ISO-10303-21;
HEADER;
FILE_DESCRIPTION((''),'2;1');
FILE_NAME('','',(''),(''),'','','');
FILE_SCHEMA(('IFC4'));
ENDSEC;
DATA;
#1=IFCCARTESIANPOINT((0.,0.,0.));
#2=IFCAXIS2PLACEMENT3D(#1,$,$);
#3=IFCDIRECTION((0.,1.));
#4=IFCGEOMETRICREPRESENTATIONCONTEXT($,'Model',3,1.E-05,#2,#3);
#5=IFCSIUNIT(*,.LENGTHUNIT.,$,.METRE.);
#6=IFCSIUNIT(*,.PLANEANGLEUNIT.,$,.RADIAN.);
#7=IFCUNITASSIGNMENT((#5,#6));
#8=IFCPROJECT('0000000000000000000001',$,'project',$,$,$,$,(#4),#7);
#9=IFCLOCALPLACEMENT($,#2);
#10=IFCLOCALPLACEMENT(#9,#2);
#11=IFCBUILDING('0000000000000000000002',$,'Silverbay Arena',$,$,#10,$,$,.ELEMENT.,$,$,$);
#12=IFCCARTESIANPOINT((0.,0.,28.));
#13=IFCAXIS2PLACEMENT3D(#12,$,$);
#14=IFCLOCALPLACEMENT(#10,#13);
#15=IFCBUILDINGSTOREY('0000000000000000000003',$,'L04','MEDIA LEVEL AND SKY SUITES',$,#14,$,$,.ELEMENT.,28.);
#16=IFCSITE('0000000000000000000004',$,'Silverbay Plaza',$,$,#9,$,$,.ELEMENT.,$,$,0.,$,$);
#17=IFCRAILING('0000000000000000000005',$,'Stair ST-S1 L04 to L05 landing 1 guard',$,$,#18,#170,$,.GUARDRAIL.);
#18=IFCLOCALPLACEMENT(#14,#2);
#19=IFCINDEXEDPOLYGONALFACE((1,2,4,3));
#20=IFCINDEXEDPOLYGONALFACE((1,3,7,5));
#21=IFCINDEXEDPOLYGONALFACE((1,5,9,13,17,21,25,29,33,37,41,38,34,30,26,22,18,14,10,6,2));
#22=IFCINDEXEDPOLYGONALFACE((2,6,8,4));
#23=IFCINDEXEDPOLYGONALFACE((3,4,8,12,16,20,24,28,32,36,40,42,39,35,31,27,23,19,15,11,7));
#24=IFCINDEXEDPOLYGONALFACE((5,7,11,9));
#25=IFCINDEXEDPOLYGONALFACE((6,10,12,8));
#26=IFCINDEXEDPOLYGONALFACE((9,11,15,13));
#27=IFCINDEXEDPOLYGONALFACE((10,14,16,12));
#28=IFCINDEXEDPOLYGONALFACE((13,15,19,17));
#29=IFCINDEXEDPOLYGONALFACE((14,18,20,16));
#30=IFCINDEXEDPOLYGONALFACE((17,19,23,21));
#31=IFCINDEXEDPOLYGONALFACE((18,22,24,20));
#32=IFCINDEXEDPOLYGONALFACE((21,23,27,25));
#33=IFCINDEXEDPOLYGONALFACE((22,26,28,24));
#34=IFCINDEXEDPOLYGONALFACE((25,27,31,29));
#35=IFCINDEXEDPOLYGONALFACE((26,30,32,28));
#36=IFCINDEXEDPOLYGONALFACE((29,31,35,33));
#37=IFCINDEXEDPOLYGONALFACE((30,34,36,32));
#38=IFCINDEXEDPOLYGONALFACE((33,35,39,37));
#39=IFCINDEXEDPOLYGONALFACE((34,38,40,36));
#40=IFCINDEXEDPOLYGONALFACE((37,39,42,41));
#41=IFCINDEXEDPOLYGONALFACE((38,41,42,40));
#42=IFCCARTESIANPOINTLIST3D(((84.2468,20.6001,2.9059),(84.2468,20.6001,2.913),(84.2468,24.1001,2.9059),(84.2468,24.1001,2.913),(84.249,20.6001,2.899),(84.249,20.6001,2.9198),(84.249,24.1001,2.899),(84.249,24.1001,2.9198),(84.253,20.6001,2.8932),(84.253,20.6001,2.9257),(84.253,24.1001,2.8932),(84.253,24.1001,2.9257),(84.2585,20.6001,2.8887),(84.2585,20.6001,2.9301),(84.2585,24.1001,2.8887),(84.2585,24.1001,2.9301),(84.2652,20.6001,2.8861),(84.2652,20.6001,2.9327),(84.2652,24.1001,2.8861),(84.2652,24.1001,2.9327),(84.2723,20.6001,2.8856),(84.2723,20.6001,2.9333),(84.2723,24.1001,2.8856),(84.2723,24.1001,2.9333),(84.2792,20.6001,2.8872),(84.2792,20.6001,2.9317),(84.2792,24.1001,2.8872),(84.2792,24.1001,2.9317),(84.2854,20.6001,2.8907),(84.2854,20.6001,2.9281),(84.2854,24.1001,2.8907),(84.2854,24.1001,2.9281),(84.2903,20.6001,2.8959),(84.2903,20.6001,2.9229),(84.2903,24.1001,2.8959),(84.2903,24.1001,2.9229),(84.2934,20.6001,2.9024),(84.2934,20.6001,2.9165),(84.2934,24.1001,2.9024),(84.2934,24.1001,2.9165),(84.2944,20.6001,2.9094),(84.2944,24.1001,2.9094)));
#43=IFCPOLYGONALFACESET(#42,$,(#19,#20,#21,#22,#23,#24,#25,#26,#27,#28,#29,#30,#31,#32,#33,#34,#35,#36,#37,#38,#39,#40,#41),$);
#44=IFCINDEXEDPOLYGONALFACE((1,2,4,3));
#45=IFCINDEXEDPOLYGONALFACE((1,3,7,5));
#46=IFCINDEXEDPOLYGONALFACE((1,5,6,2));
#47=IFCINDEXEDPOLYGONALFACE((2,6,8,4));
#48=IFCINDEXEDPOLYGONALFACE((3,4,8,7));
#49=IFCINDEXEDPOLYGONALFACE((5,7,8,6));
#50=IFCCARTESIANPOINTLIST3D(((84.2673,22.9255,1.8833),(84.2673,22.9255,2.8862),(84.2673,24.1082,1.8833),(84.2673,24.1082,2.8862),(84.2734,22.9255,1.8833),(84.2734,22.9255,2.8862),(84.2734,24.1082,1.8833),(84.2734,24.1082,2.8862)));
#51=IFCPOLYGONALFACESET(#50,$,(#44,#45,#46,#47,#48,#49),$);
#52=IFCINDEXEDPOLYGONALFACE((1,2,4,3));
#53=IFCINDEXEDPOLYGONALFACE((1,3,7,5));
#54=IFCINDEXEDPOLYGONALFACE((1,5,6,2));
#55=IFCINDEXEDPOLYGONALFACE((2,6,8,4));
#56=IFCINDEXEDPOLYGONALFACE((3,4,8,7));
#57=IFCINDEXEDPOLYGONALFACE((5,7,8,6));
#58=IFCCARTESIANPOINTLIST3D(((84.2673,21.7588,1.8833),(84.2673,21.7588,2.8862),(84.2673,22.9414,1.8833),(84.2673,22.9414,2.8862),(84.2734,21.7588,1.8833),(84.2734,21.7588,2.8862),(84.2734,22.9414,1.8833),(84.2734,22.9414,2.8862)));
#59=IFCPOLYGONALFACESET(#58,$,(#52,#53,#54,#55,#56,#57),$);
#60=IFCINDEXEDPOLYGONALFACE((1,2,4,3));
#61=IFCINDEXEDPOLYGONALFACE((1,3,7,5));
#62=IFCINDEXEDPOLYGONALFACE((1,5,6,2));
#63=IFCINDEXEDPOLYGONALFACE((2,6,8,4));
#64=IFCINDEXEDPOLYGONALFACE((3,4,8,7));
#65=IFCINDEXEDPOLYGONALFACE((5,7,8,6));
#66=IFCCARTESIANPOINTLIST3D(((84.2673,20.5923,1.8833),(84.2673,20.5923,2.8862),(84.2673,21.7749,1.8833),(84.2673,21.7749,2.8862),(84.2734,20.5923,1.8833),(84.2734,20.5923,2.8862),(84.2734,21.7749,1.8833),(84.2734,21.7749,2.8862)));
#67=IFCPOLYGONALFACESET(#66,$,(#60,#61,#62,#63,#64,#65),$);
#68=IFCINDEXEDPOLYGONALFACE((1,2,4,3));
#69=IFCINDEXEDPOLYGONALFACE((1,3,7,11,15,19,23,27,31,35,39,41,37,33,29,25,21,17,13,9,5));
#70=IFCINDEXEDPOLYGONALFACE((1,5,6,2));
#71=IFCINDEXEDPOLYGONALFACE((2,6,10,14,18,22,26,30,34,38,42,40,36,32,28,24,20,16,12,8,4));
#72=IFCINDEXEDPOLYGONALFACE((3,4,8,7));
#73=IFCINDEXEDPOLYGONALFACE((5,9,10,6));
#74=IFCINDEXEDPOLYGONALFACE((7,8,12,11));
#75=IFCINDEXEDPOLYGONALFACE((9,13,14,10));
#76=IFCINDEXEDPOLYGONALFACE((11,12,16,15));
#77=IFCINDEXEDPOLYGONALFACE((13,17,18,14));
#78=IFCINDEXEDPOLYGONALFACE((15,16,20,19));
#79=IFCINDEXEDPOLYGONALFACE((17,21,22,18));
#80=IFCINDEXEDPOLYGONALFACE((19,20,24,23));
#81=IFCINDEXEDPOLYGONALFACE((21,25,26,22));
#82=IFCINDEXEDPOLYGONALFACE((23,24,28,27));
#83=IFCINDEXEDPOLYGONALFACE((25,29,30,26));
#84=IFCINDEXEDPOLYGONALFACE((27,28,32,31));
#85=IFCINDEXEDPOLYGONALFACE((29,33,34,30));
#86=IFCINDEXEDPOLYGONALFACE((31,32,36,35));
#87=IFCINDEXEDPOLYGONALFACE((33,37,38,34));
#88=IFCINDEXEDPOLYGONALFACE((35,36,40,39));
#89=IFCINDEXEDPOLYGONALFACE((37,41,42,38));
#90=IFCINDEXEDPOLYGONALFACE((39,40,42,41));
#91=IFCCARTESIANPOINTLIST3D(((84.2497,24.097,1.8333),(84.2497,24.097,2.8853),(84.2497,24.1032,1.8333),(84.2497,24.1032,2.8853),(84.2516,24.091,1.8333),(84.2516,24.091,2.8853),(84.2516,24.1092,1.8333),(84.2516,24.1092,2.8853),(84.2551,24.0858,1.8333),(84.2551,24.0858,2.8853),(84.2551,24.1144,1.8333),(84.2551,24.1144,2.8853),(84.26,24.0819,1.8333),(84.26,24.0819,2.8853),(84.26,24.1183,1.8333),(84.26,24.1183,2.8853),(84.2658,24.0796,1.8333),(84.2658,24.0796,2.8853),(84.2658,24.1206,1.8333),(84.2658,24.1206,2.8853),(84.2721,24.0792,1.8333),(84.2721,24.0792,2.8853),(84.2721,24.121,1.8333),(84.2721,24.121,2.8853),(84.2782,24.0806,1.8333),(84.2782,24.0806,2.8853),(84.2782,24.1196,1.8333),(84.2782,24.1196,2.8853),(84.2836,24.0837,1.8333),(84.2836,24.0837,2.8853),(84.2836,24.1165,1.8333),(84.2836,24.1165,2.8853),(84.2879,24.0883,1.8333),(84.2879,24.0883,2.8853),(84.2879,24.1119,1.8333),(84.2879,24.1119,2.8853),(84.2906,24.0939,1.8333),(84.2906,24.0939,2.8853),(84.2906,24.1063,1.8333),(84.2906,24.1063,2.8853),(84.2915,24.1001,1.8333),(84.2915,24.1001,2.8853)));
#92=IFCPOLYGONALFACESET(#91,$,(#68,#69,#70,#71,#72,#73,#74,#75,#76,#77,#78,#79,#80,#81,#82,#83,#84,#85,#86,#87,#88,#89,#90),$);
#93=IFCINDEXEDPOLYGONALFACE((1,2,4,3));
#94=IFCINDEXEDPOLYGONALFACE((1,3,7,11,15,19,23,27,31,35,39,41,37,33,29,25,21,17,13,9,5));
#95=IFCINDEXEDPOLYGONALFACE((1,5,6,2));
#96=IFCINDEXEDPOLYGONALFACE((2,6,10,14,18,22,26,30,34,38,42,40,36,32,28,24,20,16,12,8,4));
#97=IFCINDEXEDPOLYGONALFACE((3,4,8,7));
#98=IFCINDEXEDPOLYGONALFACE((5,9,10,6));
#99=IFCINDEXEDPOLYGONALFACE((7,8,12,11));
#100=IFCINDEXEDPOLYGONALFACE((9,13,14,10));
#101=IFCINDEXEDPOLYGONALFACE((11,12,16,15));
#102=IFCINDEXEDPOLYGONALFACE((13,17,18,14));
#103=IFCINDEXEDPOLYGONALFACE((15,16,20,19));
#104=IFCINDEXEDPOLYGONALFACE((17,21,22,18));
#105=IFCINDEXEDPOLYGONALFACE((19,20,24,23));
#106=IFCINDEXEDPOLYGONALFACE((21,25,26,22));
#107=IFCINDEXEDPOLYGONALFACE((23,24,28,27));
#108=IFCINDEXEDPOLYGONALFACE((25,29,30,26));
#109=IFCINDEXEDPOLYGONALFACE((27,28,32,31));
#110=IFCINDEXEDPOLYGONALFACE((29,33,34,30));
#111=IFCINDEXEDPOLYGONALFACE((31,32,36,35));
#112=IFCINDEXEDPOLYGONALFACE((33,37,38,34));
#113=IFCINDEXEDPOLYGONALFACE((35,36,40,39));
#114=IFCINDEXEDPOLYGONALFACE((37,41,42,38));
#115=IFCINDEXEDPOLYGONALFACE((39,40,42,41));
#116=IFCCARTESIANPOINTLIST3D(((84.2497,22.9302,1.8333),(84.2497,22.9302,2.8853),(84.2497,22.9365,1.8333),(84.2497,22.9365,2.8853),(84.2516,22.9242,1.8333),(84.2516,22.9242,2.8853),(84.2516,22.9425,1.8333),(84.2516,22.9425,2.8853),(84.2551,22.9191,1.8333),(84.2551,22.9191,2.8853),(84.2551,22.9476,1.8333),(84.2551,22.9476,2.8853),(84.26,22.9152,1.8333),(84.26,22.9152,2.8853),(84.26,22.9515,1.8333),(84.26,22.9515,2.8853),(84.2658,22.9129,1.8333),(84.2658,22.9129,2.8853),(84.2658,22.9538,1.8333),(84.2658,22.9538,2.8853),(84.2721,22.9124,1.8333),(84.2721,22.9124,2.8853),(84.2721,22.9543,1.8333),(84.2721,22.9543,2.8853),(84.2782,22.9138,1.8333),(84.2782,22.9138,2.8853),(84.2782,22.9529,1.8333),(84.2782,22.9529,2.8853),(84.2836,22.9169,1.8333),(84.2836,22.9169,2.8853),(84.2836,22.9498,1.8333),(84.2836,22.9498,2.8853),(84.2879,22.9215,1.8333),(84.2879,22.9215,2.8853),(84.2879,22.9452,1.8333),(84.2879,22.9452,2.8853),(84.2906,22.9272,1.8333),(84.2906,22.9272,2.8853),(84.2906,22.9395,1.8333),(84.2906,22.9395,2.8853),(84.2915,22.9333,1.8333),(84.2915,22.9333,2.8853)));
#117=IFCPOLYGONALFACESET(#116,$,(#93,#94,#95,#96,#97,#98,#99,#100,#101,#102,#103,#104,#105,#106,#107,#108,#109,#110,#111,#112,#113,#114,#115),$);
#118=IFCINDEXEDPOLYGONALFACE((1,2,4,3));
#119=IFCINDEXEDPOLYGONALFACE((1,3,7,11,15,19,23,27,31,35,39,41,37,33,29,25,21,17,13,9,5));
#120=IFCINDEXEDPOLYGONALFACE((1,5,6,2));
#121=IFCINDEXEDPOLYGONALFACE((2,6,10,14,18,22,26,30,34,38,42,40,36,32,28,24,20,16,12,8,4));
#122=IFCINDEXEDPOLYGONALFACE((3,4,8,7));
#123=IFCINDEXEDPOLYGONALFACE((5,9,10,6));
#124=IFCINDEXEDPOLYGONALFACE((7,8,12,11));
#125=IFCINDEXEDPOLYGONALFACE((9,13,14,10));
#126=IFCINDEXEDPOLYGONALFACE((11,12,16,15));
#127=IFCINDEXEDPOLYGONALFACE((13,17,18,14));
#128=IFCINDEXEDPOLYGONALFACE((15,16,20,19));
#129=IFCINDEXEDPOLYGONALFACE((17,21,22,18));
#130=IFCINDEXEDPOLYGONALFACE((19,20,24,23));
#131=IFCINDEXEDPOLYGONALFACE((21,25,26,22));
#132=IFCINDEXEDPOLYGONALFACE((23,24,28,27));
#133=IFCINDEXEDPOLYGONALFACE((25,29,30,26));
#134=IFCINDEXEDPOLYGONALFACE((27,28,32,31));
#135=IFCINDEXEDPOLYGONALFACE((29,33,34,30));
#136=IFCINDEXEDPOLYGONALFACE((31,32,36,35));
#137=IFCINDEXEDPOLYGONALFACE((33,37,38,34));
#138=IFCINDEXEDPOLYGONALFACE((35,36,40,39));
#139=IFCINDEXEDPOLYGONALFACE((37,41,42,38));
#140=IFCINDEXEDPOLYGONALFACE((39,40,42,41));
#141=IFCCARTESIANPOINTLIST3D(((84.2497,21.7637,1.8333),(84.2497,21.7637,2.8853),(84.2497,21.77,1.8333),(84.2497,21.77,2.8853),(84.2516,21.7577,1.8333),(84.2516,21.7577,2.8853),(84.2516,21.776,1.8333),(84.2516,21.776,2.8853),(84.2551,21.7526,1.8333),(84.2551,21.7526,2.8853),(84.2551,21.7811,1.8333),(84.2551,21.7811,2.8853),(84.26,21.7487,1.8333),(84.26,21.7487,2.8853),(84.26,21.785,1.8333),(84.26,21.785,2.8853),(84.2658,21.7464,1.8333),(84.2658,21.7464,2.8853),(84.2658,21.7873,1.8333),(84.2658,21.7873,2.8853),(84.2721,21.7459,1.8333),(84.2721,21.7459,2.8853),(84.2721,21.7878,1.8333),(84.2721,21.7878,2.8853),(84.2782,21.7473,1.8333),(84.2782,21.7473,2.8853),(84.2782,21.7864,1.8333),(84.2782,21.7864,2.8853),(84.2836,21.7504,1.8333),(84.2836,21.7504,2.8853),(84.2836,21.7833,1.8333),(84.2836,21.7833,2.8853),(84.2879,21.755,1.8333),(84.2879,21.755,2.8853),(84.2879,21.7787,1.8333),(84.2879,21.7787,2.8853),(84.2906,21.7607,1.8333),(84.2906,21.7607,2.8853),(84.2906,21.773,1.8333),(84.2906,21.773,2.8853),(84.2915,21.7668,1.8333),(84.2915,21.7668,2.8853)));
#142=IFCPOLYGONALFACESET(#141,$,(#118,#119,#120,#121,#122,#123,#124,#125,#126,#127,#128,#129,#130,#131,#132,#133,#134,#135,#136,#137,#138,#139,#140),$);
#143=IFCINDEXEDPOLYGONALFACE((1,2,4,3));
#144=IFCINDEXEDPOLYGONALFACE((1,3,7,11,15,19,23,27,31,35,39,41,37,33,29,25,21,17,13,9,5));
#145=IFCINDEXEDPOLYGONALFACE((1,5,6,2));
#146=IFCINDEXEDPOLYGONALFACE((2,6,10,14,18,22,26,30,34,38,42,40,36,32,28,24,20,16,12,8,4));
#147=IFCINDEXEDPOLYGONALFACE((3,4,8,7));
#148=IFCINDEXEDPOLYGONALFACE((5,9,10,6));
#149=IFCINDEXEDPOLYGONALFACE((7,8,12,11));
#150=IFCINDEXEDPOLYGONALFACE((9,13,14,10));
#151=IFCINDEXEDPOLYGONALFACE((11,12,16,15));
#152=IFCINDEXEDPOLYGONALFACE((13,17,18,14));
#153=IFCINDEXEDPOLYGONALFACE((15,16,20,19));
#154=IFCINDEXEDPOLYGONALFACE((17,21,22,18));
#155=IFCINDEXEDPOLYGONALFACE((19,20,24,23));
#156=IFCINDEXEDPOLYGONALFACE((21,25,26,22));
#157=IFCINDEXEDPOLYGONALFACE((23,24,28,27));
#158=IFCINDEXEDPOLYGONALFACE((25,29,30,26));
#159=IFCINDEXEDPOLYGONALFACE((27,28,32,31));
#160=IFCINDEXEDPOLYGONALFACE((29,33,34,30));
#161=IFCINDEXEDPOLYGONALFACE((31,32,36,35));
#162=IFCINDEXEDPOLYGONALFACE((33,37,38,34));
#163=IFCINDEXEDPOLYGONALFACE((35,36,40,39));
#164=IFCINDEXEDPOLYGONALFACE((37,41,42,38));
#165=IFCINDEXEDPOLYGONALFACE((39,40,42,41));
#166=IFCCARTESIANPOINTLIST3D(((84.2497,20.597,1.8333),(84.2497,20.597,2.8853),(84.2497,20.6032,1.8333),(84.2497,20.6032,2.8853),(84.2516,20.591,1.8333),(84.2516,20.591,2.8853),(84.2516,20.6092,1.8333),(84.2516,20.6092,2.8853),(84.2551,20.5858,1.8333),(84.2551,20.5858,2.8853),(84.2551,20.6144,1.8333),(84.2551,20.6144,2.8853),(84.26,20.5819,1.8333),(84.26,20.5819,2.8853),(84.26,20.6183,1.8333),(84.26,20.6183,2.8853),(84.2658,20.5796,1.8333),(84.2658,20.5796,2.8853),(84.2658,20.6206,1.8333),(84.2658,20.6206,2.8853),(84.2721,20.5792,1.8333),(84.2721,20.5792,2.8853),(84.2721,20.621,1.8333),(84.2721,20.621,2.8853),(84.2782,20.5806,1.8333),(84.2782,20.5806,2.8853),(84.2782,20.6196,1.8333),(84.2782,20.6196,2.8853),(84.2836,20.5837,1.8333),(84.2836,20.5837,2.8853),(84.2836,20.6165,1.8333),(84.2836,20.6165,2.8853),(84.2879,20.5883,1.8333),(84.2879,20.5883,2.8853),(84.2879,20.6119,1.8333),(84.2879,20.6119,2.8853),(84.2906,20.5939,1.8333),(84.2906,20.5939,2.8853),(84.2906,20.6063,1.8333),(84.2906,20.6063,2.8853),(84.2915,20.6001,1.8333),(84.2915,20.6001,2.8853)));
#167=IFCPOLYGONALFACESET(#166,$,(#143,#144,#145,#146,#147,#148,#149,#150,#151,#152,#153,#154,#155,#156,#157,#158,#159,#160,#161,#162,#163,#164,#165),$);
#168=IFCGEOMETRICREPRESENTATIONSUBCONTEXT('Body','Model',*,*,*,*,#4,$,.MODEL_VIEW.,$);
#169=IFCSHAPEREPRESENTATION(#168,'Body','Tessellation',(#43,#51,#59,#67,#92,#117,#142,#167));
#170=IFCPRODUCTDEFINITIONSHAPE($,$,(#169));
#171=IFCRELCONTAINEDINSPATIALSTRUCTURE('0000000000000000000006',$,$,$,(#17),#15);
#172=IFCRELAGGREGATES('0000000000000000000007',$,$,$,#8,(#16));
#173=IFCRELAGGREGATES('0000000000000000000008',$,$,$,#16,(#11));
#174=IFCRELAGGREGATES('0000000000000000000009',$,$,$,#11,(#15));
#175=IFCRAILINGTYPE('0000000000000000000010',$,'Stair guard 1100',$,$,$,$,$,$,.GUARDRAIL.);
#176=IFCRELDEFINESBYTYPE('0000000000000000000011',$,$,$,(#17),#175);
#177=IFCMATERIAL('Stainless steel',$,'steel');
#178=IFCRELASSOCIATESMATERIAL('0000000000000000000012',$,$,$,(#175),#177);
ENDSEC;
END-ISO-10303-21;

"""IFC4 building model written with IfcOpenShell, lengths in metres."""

from ifc_helpers import new_model, si_unit, direction, frame, origin, origin_2d, place, context, subcontext, project, spatial, polyline, circle, outline, extrude, material, type_object, element, save


model = new_model("IFC4")

# Units and contexts
model_context = context("Model", 3, precision=1e-05, world=origin(), true_north=direction((0.0, 1.0)))
body_context = subcontext(model_context, "Body", "Model", "MODEL_VIEW")
ifc_project = project(units=[si_unit("LENGTHUNIT", "METRE"), si_unit("PLANEANGLEUNIT", "RADIAN")], contexts=[model_context])

# Site, building, storey
site_placement = place(None, origin())
site = spatial("IfcSite", under=ifc_project, at=site_placement, Name="Silverbay Plaza", CompositionType="ELEMENT", RefElevation=0.0)
building_placement = place(site_placement, origin())
building = spatial("IfcBuilding", under=site, at=building_placement, Name="Silverbay Arena", CompositionType="ELEMENT")
storey_placement = place(building_placement, frame((0.0, 0.0, 28.0)))
storey = spatial("IfcBuildingStorey", under=building, at=storey_placement, Name="L04", Description="MEDIA LEVEL AND SKY SUITES", CompositionType="ELEMENT", Elevation=28.0)

# Railing
ifc_material_1 = material(Name="Stainless steel", Category="steel")
railing_type_1 = type_object("IfcRailingType", Name="Stair guard 1100", PredefinedType="GUARDRAIL", material=ifc_material_1)
for number, where, name in (
    (1, (84.2705, 24.1001, 1.8333), "Stair ST-S1 L04 to L05 landing 1 guard"),
):
    element("IfcRailing", number, at=place(storey_placement, frame(where)), inside=storey, type_object=railing_type_1, Name=name, PredefinedType="GUARDRAIL", context=body_context, shape_type="SweptSolid", body=[
        extrude(circle(Radius=0.0239, at=origin_2d()), frame((0.0, 0.0, 1.0762), z_axis=(0.0, -1.0, 0.0), x_axis=(1.0, 0.0, 0.0)), (0.0, 0.0, 1.0), 3.5),
        extrude(outline(polyline([(-0.0081, 0.05), (1.1746, 0.05), (1.1746, 1.053), (-0.0081, 1.053), (-0.0081, 0.05)])), frame((0.0029, 0.0, 0.0), z_axis=(-1.0, 0.0, 0.0), x_axis=(0.0, -1.0, 0.0)), (0.0, 0.0, 1.0), 0.0061),
        extrude(outline(polyline([(-0.0081, 0.05), (1.1746, 0.05), (1.1746, 1.053), (-0.0081, 1.053), (-0.0081, 0.05)])), frame((0.0029, -1.1667, 0.0), z_axis=(-1.0, 0.0, 0.0), x_axis=(0.0, -1.0, 0.0)), (0.0, 0.0, 1.0), 0.0061),
        extrude(outline(polyline([(-0.0081, 0.05), (1.1746, 0.05), (1.1746, 1.053), (-0.0081, 1.053), (-0.0081, 0.05)])), frame((0.0029, -2.3333, 0.0), z_axis=(-1.0, 0.0, 0.0), x_axis=(0.0, -1.0, 0.0)), (0.0, 0.0, 1.0), 0.0061),
        extrude(circle(Radius=0.021, at=origin_2d()), origin(), (0.0, 0.0, 1.0), 1.052),
        extrude(circle(Radius=0.021, at=origin_2d()), frame((0.0, -1.1667, 0.0)), (0.0, 0.0, 1.0), 1.052),
        extrude(circle(Radius=0.021, at=origin_2d()), frame((0.0, -2.3333, 0.0)), (0.0, 0.0, 1.0), 1.052),
        extrude(circle(Radius=0.021, at=origin_2d()), frame((0.0, -3.5, 0.0)), (0.0, 0.0, 1.0), 1.052),
    ])

save(model, "model.ifc")
